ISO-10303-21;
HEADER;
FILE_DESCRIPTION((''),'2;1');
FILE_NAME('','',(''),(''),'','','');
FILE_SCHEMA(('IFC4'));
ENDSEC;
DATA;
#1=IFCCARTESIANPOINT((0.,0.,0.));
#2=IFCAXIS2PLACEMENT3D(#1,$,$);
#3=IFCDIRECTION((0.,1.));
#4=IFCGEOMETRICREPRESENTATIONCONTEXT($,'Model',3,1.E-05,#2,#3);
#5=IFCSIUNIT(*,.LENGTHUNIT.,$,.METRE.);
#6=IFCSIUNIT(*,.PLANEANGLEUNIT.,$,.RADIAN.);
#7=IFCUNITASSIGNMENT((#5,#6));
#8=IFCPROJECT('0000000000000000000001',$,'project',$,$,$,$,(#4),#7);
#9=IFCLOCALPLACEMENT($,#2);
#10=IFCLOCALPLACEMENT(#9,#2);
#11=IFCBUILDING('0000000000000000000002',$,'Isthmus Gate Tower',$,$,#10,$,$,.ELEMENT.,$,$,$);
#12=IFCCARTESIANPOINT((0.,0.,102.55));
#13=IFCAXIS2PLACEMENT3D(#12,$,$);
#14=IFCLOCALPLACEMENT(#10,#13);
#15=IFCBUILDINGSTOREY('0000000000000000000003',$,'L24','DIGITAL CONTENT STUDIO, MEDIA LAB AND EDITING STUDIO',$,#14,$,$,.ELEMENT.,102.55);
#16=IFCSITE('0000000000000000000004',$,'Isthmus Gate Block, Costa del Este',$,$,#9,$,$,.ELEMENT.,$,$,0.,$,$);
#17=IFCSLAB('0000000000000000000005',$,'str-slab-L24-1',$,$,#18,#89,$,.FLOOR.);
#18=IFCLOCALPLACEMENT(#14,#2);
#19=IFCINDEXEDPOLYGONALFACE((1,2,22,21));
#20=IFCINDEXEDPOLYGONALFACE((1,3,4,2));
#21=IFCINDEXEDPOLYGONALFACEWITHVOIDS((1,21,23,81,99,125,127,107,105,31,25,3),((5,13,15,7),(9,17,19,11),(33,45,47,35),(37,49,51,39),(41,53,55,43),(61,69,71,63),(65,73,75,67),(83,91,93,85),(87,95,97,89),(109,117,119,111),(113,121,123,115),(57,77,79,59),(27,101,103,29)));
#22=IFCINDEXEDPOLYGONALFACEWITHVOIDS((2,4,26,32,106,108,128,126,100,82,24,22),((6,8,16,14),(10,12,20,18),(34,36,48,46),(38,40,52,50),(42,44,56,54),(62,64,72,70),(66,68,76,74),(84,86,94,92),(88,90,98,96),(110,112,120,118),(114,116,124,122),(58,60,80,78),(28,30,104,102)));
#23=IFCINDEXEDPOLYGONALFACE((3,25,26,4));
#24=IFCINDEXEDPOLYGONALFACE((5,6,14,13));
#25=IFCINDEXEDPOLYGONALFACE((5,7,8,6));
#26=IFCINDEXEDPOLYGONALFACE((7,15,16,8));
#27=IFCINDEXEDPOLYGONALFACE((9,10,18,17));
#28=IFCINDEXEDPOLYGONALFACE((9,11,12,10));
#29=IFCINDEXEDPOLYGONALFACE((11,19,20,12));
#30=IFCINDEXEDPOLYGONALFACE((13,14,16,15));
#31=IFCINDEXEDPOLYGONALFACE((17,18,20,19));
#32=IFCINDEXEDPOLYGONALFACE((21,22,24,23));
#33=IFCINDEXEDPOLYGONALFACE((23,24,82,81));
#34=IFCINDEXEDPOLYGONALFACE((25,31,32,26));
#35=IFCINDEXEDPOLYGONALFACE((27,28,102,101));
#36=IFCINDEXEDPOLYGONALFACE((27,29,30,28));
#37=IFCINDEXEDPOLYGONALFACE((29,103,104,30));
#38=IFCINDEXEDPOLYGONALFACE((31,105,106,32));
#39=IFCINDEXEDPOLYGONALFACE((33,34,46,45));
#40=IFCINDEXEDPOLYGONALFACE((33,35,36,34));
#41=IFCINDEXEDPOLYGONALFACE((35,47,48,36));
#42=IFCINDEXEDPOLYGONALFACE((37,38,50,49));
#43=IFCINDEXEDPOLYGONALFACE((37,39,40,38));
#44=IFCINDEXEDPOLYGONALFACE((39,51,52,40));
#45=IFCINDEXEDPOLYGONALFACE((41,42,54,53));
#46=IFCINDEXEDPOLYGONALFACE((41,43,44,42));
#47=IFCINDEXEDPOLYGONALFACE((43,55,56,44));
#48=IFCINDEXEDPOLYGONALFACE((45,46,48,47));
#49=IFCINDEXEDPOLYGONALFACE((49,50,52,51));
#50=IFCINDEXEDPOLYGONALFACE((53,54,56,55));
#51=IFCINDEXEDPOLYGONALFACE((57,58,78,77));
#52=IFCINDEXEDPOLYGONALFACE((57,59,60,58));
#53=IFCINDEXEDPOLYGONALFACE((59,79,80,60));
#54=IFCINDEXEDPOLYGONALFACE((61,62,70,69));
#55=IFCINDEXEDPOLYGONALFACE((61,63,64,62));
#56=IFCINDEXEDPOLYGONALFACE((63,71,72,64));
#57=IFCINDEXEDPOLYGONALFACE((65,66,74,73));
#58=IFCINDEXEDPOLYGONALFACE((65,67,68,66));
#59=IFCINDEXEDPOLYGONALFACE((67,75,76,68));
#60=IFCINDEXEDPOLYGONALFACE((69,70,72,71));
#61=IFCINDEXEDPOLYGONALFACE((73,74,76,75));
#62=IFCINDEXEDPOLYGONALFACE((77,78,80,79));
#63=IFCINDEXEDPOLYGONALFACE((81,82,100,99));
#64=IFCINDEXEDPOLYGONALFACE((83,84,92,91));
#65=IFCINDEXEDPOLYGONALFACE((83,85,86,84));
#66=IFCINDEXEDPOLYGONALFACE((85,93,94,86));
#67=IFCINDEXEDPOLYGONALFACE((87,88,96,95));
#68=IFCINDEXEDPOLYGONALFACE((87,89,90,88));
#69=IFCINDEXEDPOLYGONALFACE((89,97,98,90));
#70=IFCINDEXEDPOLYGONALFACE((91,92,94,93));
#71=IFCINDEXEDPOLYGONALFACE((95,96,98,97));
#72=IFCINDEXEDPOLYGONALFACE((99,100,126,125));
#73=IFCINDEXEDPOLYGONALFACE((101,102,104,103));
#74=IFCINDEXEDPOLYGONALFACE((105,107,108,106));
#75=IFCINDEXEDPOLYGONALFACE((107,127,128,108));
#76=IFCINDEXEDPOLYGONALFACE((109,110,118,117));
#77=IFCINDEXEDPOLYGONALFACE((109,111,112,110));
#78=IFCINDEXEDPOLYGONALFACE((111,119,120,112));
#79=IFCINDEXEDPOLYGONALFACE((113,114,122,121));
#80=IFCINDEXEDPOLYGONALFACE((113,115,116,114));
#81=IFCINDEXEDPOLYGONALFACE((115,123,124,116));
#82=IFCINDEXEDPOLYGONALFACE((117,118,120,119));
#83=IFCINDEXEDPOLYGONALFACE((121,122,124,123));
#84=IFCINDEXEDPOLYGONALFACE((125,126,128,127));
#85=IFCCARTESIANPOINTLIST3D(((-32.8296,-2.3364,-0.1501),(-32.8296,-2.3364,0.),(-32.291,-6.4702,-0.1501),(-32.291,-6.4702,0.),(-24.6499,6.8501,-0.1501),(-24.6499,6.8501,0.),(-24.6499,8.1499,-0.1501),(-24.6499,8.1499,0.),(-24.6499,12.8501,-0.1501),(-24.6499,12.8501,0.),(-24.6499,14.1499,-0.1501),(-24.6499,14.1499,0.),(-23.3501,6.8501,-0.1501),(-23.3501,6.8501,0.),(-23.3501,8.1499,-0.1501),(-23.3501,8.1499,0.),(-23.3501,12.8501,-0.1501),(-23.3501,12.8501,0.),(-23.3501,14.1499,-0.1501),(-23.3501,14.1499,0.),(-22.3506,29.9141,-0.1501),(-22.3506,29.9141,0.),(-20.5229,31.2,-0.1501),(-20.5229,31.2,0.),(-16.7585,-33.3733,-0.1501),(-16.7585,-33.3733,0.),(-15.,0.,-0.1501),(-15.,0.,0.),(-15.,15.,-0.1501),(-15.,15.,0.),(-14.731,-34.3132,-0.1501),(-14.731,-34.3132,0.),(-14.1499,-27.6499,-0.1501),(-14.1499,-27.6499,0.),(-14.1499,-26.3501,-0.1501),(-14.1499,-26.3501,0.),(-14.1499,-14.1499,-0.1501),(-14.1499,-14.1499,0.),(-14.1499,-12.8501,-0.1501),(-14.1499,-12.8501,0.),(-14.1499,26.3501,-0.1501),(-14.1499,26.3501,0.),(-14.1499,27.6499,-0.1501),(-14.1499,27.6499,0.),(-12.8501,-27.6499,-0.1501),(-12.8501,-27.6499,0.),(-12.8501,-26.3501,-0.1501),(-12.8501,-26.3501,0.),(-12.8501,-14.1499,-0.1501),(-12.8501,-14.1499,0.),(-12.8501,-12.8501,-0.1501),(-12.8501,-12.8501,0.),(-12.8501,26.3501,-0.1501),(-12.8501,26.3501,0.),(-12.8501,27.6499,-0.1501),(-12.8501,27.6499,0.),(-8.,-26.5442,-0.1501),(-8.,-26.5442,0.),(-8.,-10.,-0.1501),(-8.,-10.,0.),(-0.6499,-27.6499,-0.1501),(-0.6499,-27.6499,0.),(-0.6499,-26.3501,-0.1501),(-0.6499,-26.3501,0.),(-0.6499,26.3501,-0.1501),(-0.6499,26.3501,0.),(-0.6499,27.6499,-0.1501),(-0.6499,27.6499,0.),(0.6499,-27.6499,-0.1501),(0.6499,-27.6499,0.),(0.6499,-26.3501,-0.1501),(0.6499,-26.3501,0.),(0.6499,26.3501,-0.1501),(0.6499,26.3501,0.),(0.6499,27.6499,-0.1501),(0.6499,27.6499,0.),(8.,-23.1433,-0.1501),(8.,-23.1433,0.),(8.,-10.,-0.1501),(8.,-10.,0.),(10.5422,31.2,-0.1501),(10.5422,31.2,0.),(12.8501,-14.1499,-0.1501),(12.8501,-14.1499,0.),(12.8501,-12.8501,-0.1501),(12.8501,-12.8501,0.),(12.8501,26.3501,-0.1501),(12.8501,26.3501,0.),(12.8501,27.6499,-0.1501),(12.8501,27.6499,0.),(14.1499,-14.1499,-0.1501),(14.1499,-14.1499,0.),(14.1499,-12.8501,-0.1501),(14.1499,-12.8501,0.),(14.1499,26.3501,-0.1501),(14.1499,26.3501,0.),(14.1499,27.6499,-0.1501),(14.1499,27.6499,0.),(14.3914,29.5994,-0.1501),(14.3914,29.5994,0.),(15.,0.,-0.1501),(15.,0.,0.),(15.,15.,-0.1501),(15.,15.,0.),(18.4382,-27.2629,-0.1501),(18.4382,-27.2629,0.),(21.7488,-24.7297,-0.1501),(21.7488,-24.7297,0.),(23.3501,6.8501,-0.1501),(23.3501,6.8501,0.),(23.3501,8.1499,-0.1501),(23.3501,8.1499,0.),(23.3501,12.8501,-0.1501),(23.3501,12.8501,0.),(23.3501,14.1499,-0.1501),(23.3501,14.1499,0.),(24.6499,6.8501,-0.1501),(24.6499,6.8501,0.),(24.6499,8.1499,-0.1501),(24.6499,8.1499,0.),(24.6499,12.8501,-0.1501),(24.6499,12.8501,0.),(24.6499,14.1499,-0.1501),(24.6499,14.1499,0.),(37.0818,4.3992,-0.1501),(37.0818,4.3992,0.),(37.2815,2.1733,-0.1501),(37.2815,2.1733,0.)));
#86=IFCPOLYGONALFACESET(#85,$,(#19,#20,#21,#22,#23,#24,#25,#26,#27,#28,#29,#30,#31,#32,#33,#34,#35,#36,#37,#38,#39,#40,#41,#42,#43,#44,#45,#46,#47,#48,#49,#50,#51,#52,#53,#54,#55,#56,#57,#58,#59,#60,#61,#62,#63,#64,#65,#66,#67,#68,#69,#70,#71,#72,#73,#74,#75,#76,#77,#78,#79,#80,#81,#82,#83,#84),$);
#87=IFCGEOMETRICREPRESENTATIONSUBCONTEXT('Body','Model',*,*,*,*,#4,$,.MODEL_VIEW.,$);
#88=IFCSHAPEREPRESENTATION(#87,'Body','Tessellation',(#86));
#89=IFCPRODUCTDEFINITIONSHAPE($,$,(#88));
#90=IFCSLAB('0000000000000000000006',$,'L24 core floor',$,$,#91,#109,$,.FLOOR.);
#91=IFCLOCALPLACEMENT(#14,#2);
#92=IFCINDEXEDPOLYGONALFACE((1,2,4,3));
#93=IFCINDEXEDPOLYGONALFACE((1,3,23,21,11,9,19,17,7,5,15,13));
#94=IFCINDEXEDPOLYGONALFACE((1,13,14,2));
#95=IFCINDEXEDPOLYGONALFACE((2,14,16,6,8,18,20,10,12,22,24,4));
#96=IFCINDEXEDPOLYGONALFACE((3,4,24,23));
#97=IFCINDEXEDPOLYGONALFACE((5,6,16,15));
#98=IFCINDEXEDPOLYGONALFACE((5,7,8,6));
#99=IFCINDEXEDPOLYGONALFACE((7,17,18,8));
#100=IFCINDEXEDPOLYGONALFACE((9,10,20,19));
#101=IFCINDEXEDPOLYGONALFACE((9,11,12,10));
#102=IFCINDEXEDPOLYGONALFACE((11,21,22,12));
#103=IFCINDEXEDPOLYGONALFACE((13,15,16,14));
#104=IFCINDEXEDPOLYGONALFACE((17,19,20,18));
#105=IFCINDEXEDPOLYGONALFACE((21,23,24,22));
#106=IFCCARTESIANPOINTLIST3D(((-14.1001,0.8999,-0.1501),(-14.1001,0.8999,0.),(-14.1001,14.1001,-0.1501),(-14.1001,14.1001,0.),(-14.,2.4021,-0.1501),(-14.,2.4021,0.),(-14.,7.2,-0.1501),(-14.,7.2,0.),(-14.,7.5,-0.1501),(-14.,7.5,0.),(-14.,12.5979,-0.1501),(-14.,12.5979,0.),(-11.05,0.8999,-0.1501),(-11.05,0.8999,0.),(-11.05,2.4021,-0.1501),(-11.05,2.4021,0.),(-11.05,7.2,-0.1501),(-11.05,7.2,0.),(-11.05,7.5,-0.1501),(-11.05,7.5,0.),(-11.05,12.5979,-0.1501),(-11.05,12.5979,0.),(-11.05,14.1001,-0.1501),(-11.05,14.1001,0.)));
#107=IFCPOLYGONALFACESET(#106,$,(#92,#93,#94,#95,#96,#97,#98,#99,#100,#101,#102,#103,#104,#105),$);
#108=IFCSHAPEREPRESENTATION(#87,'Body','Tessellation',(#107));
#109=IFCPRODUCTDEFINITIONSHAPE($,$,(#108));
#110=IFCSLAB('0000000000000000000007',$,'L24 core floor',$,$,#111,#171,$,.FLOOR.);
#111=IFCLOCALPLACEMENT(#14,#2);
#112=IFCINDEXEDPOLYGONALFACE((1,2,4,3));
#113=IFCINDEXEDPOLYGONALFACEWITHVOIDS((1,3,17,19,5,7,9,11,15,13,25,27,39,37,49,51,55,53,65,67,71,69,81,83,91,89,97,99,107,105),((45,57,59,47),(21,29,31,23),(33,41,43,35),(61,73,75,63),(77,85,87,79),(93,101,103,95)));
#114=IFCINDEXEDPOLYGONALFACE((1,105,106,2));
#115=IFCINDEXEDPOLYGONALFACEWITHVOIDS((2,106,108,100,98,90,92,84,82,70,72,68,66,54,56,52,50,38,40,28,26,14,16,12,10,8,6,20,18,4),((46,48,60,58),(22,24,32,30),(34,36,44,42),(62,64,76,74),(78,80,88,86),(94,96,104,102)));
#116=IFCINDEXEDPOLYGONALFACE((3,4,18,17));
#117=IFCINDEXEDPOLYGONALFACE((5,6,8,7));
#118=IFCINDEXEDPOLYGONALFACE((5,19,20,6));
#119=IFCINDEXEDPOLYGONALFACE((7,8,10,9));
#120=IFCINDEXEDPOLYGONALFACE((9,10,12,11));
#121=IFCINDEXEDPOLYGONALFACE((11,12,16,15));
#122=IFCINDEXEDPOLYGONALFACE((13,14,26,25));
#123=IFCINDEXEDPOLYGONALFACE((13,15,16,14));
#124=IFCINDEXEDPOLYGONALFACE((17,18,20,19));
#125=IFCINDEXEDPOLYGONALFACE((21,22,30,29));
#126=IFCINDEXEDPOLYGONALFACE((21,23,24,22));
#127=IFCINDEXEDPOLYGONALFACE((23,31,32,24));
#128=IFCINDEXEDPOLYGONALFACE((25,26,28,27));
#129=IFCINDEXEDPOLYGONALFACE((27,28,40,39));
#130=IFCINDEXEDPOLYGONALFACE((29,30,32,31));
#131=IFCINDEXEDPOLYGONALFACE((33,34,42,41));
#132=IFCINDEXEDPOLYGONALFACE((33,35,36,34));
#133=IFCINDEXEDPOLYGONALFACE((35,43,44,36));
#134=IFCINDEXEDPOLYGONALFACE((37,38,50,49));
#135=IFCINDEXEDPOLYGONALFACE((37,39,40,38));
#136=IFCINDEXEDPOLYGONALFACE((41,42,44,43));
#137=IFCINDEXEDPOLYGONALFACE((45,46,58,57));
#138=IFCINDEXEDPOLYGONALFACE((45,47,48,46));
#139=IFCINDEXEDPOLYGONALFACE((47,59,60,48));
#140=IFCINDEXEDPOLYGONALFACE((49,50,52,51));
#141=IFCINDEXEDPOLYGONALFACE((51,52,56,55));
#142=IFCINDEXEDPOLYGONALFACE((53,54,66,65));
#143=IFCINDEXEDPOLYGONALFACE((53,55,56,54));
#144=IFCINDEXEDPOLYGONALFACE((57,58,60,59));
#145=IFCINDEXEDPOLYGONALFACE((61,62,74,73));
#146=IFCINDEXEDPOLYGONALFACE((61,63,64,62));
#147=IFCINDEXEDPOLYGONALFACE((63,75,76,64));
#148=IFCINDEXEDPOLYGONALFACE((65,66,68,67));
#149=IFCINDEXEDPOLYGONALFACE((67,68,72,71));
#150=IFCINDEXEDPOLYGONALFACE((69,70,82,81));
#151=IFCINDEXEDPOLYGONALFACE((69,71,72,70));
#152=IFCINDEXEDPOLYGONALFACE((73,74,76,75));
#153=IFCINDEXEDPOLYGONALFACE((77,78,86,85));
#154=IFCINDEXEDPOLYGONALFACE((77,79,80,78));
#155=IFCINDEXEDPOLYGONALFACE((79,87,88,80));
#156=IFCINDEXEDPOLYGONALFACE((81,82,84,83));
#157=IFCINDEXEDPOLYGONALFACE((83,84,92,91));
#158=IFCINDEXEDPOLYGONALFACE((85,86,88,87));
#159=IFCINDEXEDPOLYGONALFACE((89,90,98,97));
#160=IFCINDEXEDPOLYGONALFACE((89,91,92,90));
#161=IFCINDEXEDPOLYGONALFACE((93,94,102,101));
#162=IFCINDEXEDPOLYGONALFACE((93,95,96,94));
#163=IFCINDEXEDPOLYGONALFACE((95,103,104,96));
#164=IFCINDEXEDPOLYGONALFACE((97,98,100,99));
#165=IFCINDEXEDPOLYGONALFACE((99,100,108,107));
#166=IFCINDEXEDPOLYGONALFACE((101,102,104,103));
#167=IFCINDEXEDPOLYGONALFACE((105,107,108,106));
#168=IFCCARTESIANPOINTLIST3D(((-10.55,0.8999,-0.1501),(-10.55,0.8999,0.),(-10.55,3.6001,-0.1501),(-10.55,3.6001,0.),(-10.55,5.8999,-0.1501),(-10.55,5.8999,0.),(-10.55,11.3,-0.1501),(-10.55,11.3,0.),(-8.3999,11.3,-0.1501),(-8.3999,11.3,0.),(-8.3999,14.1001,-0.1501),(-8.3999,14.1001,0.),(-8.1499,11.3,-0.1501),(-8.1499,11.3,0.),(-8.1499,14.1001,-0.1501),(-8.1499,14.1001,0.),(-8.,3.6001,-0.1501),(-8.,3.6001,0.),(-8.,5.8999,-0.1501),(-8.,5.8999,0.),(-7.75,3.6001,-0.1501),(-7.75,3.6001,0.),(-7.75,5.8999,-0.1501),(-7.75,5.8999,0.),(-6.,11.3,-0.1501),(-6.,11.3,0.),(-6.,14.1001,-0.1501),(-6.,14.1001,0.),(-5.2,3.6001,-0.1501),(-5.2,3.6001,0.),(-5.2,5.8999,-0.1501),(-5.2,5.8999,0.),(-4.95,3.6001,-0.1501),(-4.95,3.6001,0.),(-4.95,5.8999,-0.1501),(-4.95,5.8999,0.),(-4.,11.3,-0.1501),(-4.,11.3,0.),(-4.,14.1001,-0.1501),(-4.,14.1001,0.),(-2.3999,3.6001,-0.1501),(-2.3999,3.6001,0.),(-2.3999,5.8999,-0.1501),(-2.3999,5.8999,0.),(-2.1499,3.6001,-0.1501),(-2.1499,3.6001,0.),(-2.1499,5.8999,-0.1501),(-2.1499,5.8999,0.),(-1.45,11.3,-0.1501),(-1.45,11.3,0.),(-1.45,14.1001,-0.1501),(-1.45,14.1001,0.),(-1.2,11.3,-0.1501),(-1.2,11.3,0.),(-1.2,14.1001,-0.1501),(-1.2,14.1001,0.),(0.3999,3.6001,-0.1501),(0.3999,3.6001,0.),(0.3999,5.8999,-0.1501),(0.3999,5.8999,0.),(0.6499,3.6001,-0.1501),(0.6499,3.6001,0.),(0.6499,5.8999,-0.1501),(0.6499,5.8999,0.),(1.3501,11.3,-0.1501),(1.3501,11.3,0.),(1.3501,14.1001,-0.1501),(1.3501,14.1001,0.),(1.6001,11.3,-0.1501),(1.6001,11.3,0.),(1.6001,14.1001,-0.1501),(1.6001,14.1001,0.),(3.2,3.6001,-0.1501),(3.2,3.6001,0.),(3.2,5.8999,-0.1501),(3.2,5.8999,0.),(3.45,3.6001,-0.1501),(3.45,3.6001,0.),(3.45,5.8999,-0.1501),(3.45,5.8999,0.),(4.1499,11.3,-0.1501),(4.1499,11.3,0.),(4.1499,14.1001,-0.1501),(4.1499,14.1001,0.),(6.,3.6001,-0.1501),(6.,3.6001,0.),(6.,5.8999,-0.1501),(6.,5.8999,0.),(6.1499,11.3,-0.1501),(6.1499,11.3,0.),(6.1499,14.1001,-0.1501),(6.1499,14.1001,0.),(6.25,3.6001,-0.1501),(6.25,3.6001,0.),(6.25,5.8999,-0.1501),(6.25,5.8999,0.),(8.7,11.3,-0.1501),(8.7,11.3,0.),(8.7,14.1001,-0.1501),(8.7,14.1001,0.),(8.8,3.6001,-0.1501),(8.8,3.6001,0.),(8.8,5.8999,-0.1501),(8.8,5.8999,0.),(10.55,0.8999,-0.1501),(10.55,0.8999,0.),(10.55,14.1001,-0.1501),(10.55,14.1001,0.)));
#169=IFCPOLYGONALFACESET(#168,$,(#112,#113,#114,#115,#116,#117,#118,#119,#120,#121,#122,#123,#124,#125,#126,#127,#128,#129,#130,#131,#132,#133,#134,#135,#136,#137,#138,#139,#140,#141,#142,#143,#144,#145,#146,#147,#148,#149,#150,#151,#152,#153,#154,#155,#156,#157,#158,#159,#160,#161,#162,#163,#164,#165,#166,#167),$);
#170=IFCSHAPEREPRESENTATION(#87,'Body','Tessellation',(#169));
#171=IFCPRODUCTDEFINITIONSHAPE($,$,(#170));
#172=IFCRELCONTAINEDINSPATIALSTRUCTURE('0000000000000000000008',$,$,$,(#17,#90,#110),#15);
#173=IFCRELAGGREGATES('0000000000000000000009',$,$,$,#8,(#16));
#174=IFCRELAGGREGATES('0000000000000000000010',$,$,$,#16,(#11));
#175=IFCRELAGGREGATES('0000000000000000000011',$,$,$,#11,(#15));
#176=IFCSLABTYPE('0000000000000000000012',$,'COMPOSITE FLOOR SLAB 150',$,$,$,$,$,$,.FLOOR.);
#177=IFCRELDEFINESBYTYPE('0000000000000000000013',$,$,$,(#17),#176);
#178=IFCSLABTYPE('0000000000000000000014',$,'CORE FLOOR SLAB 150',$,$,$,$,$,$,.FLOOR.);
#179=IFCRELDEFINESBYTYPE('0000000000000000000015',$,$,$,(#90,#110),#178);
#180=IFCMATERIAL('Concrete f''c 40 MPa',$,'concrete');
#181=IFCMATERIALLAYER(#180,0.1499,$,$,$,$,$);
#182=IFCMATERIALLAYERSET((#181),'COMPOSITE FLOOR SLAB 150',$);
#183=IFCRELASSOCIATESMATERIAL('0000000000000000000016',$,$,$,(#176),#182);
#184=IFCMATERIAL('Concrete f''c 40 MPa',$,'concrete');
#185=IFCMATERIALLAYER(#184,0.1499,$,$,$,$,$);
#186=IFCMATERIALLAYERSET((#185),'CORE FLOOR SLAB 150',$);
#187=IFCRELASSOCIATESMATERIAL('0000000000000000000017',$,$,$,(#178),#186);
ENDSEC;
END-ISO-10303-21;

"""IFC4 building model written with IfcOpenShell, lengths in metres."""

from ifc_helpers import new_model, si_unit, direction, frame, origin, place, context, subcontext, project, spatial, polyline, outline, extrude, material, layer, layer_set, type_object, element, save


model = new_model("IFC4")

# Units and contexts
model_context = context("Model", 3, precision=1e-05, world=origin(), true_north=direction((0.0, 1.0)))
body_context = subcontext(model_context, "Body", "Model", "MODEL_VIEW")
ifc_project = project(units=[si_unit("LENGTHUNIT", "METRE"), si_unit("PLANEANGLEUNIT", "RADIAN")], contexts=[model_context])

# Site, building, storey
site_placement = place(None, origin())
site = spatial("IfcSite", under=ifc_project, at=site_placement, Name="Isthmus Gate Block, Costa del Este", CompositionType="ELEMENT", RefElevation=0.0)
building_placement = place(site_placement, origin())
building = spatial("IfcBuilding", under=site, at=building_placement, Name="Isthmus Gate Tower", CompositionType="ELEMENT")
storey_placement = place(building_placement, frame((0.0, 0.0, 102.55)))
storey = spatial("IfcBuildingStorey", under=building, at=storey_placement, Name="L24", Description="DIGITAL CONTENT STUDIO, MEDIA LAB AND EDITING STUDIO", CompositionType="ELEMENT", Elevation=102.55)

# Slabs
ifc_material_1 = material(Name="Concrete f'c 40 MPa", Category="concrete")
ifc_layer_1 = layer(ifc_material_1, 0.1499)
ifc_layer_set_1 = layer_set([ifc_layer_1], Name="COMPOSITE FLOOR SLAB 150")
slab_type_1 = type_object("IfcSlabType", Name="COMPOSITE FLOOR SLAB 150", PredefinedType="FLOOR", material=ifc_layer_set_1)
slab_1_placement = place(storey_placement, frame((0.0, 0.0, -0.1501)))
element("IfcSlab", 1, at=slab_1_placement, inside=storey, type_object=slab_type_1, Name="str-slab-L24-1", PredefinedType="FLOOR", context=body_context, shape_type="SweptSolid", body=[
    extrude(outline(polyline([(14.3914, 29.5994), (37.0818, 4.3992), (37.2815, 2.1733), (21.7488, -24.7297), (18.4382, -27.2629), (-14.731, -34.3132), (-16.7585, -33.3733), (-32.291, -6.4702), (-32.8296, -2.3364), (-22.3506, 29.9141), (-20.5229, 31.2), (10.5422, 31.2), (14.3914, 29.5994)]), holes=[polyline([(-14.1499, -27.6499), (-12.8501, -27.6499), (-12.8501, -26.3501), (-14.1499, -26.3501), (-14.1499, -27.6499)]), polyline([(-0.6499, -26.3501), (-0.6499, -27.6499), (0.6499, -27.6499), (0.6499, -26.3501), (-0.6499, -26.3501)]), polyline([(-14.1499, -12.8501), (-14.1499, -14.1499), (-12.8501, -14.1499), (-12.8501, -12.8501), (-14.1499, -12.8501)]), polyline([(-24.6499, 8.1499), (-24.6499, 6.8501), (-23.3501, 6.8501), (-23.3501, 8.1499), (-24.6499, 8.1499)]), polyline([(-23.3501, 14.1499), (-24.6499, 14.1499), (-24.6499, 12.8501), (-23.3501, 12.8501), (-23.3501, 14.1499)]), polyline([(-14.1499, 27.6499), (-14.1499, 26.3501), (-12.8501, 26.3501), (-12.8501, 27.6499), (-14.1499, 27.6499)]), polyline([(-0.6499, 27.6499), (-0.6499, 26.3501), (0.6499, 26.3501), (0.6499, 27.6499), (-0.6499, 27.6499)]), polyline([(8.0, -23.1433), (8.0, -10.0), (-8.0, -10.0), (-8.0, -26.5442), (8.0, -23.1433)]), polyline([(14.1499, -12.8501), (12.8501, -12.8501), (12.8501, -14.1499), (14.1499, -14.1499), (14.1499, -12.8501)]), polyline([(15.0, 15.0), (-15.0, 15.0), (-15.0, 0.0), (15.0, 0.0), (15.0, 15.0)]), polyline([(24.6499, 8.1499), (23.3501, 8.1499), (23.3501, 6.8501), (24.6499, 6.8501), (24.6499, 8.1499)]), polyline([(23.3501, 14.1499), (23.3501, 12.8501), (24.6499, 12.8501), (24.6499, 14.1499), (23.3501, 14.1499)]), polyline([(14.1499, 27.6499), (12.8501, 27.6499), (12.8501, 26.3501), (14.1499, 26.3501), (14.1499, 27.6499)])]), origin(), (0.0, 0.0, 1.0), 0.1501),
])
ifc_material_2 = material(Name="Concrete f'c 40 MPa", Category="concrete")
ifc_layer_2 = layer(ifc_material_2, 0.1499)
ifc_layer_set_2 = layer_set([ifc_layer_2], Name="CORE FLOOR SLAB 150")
slab_type_2 = type_object("IfcSlabType", Name="CORE FLOOR SLAB 150", PredefinedType="FLOOR", material=ifc_layer_set_2)
slab_2_placement = place(storey_placement, frame((0.0, 0.0, -0.1501)))
element("IfcSlab", 2, at=slab_2_placement, inside=storey, type_object=slab_type_2, Name="L24 core floor", PredefinedType="FLOOR", context=body_context, shape_type="SweptSolid", body=[
    extrude(outline(polyline([(-11.05, 0.8999), (-11.05, 2.4021), (-14.0, 2.4021), (-14.0, 7.2), (-11.05, 7.2), (-11.05, 7.5), (-14.0, 7.5), (-14.0, 12.5979), (-11.05, 12.5979), (-11.05, 14.1001), (-14.1001, 14.1001), (-14.1001, 0.8999), (-11.05, 0.8999)])), origin(), (0.0, 0.0, 1.0), 0.1501),
])
slab_3_placement = place(storey_placement, frame((0.0, 0.0, -0.1501)))
element("IfcSlab", 3, at=slab_3_placement, inside=storey, type_object=slab_type_2, Name="L24 core floor", PredefinedType="FLOOR", context=body_context, shape_type="SweptSolid", body=[
    extrude(outline(polyline([(10.55, 14.1001), (8.7, 14.1001), (8.7, 11.3), (6.1499, 11.3), (6.1499, 14.1001), (4.1499, 14.1001), (4.1499, 11.3), (1.6001, 11.3), (1.6001, 14.1001), (1.3501, 14.1001), (1.3501, 11.3), (-1.2, 11.3), (-1.2, 14.1001), (-1.45, 14.1001), (-1.45, 11.3), (-4.0, 11.3), (-4.0, 14.1001), (-6.0, 14.1001), (-6.0, 11.3), (-8.1499, 11.3), (-8.1499, 14.1001), (-8.3999, 14.1001), (-8.3999, 11.3), (-10.55, 11.3), (-10.55, 5.8999), (-8.0, 5.8999), (-8.0, 3.6001), (-10.55, 3.6001), (-10.55, 0.8999), (10.55, 0.8999), (10.55, 14.1001)]), holes=[polyline([(-5.2, 5.8999), (-5.2, 3.6001), (-7.75, 3.6001), (-7.75, 5.8999), (-5.2, 5.8999)]), polyline([(-2.3999, 5.8999), (-2.3999, 3.6001), (-4.95, 3.6001), (-4.95, 5.8999), (-2.3999, 5.8999)]), polyline([(0.3999, 5.8999), (0.3999, 3.6001), (-2.1499, 3.6001), (-2.1499, 5.8999), (0.3999, 5.8999)]), polyline([(3.2, 5.8999), (3.2, 3.6001), (0.6499, 3.6001), (0.6499, 5.8999), (3.2, 5.8999)]), polyline([(6.0, 5.8999), (6.0, 3.6001), (3.45, 3.6001), (3.45, 5.8999), (6.0, 5.8999)]), polyline([(8.8, 5.8999), (8.8, 3.6001), (6.25, 3.6001), (6.25, 5.8999), (8.8, 5.8999)])]), origin(), (0.0, 0.0, 1.0), 0.1501),
])

save(model, "model.ifc")
